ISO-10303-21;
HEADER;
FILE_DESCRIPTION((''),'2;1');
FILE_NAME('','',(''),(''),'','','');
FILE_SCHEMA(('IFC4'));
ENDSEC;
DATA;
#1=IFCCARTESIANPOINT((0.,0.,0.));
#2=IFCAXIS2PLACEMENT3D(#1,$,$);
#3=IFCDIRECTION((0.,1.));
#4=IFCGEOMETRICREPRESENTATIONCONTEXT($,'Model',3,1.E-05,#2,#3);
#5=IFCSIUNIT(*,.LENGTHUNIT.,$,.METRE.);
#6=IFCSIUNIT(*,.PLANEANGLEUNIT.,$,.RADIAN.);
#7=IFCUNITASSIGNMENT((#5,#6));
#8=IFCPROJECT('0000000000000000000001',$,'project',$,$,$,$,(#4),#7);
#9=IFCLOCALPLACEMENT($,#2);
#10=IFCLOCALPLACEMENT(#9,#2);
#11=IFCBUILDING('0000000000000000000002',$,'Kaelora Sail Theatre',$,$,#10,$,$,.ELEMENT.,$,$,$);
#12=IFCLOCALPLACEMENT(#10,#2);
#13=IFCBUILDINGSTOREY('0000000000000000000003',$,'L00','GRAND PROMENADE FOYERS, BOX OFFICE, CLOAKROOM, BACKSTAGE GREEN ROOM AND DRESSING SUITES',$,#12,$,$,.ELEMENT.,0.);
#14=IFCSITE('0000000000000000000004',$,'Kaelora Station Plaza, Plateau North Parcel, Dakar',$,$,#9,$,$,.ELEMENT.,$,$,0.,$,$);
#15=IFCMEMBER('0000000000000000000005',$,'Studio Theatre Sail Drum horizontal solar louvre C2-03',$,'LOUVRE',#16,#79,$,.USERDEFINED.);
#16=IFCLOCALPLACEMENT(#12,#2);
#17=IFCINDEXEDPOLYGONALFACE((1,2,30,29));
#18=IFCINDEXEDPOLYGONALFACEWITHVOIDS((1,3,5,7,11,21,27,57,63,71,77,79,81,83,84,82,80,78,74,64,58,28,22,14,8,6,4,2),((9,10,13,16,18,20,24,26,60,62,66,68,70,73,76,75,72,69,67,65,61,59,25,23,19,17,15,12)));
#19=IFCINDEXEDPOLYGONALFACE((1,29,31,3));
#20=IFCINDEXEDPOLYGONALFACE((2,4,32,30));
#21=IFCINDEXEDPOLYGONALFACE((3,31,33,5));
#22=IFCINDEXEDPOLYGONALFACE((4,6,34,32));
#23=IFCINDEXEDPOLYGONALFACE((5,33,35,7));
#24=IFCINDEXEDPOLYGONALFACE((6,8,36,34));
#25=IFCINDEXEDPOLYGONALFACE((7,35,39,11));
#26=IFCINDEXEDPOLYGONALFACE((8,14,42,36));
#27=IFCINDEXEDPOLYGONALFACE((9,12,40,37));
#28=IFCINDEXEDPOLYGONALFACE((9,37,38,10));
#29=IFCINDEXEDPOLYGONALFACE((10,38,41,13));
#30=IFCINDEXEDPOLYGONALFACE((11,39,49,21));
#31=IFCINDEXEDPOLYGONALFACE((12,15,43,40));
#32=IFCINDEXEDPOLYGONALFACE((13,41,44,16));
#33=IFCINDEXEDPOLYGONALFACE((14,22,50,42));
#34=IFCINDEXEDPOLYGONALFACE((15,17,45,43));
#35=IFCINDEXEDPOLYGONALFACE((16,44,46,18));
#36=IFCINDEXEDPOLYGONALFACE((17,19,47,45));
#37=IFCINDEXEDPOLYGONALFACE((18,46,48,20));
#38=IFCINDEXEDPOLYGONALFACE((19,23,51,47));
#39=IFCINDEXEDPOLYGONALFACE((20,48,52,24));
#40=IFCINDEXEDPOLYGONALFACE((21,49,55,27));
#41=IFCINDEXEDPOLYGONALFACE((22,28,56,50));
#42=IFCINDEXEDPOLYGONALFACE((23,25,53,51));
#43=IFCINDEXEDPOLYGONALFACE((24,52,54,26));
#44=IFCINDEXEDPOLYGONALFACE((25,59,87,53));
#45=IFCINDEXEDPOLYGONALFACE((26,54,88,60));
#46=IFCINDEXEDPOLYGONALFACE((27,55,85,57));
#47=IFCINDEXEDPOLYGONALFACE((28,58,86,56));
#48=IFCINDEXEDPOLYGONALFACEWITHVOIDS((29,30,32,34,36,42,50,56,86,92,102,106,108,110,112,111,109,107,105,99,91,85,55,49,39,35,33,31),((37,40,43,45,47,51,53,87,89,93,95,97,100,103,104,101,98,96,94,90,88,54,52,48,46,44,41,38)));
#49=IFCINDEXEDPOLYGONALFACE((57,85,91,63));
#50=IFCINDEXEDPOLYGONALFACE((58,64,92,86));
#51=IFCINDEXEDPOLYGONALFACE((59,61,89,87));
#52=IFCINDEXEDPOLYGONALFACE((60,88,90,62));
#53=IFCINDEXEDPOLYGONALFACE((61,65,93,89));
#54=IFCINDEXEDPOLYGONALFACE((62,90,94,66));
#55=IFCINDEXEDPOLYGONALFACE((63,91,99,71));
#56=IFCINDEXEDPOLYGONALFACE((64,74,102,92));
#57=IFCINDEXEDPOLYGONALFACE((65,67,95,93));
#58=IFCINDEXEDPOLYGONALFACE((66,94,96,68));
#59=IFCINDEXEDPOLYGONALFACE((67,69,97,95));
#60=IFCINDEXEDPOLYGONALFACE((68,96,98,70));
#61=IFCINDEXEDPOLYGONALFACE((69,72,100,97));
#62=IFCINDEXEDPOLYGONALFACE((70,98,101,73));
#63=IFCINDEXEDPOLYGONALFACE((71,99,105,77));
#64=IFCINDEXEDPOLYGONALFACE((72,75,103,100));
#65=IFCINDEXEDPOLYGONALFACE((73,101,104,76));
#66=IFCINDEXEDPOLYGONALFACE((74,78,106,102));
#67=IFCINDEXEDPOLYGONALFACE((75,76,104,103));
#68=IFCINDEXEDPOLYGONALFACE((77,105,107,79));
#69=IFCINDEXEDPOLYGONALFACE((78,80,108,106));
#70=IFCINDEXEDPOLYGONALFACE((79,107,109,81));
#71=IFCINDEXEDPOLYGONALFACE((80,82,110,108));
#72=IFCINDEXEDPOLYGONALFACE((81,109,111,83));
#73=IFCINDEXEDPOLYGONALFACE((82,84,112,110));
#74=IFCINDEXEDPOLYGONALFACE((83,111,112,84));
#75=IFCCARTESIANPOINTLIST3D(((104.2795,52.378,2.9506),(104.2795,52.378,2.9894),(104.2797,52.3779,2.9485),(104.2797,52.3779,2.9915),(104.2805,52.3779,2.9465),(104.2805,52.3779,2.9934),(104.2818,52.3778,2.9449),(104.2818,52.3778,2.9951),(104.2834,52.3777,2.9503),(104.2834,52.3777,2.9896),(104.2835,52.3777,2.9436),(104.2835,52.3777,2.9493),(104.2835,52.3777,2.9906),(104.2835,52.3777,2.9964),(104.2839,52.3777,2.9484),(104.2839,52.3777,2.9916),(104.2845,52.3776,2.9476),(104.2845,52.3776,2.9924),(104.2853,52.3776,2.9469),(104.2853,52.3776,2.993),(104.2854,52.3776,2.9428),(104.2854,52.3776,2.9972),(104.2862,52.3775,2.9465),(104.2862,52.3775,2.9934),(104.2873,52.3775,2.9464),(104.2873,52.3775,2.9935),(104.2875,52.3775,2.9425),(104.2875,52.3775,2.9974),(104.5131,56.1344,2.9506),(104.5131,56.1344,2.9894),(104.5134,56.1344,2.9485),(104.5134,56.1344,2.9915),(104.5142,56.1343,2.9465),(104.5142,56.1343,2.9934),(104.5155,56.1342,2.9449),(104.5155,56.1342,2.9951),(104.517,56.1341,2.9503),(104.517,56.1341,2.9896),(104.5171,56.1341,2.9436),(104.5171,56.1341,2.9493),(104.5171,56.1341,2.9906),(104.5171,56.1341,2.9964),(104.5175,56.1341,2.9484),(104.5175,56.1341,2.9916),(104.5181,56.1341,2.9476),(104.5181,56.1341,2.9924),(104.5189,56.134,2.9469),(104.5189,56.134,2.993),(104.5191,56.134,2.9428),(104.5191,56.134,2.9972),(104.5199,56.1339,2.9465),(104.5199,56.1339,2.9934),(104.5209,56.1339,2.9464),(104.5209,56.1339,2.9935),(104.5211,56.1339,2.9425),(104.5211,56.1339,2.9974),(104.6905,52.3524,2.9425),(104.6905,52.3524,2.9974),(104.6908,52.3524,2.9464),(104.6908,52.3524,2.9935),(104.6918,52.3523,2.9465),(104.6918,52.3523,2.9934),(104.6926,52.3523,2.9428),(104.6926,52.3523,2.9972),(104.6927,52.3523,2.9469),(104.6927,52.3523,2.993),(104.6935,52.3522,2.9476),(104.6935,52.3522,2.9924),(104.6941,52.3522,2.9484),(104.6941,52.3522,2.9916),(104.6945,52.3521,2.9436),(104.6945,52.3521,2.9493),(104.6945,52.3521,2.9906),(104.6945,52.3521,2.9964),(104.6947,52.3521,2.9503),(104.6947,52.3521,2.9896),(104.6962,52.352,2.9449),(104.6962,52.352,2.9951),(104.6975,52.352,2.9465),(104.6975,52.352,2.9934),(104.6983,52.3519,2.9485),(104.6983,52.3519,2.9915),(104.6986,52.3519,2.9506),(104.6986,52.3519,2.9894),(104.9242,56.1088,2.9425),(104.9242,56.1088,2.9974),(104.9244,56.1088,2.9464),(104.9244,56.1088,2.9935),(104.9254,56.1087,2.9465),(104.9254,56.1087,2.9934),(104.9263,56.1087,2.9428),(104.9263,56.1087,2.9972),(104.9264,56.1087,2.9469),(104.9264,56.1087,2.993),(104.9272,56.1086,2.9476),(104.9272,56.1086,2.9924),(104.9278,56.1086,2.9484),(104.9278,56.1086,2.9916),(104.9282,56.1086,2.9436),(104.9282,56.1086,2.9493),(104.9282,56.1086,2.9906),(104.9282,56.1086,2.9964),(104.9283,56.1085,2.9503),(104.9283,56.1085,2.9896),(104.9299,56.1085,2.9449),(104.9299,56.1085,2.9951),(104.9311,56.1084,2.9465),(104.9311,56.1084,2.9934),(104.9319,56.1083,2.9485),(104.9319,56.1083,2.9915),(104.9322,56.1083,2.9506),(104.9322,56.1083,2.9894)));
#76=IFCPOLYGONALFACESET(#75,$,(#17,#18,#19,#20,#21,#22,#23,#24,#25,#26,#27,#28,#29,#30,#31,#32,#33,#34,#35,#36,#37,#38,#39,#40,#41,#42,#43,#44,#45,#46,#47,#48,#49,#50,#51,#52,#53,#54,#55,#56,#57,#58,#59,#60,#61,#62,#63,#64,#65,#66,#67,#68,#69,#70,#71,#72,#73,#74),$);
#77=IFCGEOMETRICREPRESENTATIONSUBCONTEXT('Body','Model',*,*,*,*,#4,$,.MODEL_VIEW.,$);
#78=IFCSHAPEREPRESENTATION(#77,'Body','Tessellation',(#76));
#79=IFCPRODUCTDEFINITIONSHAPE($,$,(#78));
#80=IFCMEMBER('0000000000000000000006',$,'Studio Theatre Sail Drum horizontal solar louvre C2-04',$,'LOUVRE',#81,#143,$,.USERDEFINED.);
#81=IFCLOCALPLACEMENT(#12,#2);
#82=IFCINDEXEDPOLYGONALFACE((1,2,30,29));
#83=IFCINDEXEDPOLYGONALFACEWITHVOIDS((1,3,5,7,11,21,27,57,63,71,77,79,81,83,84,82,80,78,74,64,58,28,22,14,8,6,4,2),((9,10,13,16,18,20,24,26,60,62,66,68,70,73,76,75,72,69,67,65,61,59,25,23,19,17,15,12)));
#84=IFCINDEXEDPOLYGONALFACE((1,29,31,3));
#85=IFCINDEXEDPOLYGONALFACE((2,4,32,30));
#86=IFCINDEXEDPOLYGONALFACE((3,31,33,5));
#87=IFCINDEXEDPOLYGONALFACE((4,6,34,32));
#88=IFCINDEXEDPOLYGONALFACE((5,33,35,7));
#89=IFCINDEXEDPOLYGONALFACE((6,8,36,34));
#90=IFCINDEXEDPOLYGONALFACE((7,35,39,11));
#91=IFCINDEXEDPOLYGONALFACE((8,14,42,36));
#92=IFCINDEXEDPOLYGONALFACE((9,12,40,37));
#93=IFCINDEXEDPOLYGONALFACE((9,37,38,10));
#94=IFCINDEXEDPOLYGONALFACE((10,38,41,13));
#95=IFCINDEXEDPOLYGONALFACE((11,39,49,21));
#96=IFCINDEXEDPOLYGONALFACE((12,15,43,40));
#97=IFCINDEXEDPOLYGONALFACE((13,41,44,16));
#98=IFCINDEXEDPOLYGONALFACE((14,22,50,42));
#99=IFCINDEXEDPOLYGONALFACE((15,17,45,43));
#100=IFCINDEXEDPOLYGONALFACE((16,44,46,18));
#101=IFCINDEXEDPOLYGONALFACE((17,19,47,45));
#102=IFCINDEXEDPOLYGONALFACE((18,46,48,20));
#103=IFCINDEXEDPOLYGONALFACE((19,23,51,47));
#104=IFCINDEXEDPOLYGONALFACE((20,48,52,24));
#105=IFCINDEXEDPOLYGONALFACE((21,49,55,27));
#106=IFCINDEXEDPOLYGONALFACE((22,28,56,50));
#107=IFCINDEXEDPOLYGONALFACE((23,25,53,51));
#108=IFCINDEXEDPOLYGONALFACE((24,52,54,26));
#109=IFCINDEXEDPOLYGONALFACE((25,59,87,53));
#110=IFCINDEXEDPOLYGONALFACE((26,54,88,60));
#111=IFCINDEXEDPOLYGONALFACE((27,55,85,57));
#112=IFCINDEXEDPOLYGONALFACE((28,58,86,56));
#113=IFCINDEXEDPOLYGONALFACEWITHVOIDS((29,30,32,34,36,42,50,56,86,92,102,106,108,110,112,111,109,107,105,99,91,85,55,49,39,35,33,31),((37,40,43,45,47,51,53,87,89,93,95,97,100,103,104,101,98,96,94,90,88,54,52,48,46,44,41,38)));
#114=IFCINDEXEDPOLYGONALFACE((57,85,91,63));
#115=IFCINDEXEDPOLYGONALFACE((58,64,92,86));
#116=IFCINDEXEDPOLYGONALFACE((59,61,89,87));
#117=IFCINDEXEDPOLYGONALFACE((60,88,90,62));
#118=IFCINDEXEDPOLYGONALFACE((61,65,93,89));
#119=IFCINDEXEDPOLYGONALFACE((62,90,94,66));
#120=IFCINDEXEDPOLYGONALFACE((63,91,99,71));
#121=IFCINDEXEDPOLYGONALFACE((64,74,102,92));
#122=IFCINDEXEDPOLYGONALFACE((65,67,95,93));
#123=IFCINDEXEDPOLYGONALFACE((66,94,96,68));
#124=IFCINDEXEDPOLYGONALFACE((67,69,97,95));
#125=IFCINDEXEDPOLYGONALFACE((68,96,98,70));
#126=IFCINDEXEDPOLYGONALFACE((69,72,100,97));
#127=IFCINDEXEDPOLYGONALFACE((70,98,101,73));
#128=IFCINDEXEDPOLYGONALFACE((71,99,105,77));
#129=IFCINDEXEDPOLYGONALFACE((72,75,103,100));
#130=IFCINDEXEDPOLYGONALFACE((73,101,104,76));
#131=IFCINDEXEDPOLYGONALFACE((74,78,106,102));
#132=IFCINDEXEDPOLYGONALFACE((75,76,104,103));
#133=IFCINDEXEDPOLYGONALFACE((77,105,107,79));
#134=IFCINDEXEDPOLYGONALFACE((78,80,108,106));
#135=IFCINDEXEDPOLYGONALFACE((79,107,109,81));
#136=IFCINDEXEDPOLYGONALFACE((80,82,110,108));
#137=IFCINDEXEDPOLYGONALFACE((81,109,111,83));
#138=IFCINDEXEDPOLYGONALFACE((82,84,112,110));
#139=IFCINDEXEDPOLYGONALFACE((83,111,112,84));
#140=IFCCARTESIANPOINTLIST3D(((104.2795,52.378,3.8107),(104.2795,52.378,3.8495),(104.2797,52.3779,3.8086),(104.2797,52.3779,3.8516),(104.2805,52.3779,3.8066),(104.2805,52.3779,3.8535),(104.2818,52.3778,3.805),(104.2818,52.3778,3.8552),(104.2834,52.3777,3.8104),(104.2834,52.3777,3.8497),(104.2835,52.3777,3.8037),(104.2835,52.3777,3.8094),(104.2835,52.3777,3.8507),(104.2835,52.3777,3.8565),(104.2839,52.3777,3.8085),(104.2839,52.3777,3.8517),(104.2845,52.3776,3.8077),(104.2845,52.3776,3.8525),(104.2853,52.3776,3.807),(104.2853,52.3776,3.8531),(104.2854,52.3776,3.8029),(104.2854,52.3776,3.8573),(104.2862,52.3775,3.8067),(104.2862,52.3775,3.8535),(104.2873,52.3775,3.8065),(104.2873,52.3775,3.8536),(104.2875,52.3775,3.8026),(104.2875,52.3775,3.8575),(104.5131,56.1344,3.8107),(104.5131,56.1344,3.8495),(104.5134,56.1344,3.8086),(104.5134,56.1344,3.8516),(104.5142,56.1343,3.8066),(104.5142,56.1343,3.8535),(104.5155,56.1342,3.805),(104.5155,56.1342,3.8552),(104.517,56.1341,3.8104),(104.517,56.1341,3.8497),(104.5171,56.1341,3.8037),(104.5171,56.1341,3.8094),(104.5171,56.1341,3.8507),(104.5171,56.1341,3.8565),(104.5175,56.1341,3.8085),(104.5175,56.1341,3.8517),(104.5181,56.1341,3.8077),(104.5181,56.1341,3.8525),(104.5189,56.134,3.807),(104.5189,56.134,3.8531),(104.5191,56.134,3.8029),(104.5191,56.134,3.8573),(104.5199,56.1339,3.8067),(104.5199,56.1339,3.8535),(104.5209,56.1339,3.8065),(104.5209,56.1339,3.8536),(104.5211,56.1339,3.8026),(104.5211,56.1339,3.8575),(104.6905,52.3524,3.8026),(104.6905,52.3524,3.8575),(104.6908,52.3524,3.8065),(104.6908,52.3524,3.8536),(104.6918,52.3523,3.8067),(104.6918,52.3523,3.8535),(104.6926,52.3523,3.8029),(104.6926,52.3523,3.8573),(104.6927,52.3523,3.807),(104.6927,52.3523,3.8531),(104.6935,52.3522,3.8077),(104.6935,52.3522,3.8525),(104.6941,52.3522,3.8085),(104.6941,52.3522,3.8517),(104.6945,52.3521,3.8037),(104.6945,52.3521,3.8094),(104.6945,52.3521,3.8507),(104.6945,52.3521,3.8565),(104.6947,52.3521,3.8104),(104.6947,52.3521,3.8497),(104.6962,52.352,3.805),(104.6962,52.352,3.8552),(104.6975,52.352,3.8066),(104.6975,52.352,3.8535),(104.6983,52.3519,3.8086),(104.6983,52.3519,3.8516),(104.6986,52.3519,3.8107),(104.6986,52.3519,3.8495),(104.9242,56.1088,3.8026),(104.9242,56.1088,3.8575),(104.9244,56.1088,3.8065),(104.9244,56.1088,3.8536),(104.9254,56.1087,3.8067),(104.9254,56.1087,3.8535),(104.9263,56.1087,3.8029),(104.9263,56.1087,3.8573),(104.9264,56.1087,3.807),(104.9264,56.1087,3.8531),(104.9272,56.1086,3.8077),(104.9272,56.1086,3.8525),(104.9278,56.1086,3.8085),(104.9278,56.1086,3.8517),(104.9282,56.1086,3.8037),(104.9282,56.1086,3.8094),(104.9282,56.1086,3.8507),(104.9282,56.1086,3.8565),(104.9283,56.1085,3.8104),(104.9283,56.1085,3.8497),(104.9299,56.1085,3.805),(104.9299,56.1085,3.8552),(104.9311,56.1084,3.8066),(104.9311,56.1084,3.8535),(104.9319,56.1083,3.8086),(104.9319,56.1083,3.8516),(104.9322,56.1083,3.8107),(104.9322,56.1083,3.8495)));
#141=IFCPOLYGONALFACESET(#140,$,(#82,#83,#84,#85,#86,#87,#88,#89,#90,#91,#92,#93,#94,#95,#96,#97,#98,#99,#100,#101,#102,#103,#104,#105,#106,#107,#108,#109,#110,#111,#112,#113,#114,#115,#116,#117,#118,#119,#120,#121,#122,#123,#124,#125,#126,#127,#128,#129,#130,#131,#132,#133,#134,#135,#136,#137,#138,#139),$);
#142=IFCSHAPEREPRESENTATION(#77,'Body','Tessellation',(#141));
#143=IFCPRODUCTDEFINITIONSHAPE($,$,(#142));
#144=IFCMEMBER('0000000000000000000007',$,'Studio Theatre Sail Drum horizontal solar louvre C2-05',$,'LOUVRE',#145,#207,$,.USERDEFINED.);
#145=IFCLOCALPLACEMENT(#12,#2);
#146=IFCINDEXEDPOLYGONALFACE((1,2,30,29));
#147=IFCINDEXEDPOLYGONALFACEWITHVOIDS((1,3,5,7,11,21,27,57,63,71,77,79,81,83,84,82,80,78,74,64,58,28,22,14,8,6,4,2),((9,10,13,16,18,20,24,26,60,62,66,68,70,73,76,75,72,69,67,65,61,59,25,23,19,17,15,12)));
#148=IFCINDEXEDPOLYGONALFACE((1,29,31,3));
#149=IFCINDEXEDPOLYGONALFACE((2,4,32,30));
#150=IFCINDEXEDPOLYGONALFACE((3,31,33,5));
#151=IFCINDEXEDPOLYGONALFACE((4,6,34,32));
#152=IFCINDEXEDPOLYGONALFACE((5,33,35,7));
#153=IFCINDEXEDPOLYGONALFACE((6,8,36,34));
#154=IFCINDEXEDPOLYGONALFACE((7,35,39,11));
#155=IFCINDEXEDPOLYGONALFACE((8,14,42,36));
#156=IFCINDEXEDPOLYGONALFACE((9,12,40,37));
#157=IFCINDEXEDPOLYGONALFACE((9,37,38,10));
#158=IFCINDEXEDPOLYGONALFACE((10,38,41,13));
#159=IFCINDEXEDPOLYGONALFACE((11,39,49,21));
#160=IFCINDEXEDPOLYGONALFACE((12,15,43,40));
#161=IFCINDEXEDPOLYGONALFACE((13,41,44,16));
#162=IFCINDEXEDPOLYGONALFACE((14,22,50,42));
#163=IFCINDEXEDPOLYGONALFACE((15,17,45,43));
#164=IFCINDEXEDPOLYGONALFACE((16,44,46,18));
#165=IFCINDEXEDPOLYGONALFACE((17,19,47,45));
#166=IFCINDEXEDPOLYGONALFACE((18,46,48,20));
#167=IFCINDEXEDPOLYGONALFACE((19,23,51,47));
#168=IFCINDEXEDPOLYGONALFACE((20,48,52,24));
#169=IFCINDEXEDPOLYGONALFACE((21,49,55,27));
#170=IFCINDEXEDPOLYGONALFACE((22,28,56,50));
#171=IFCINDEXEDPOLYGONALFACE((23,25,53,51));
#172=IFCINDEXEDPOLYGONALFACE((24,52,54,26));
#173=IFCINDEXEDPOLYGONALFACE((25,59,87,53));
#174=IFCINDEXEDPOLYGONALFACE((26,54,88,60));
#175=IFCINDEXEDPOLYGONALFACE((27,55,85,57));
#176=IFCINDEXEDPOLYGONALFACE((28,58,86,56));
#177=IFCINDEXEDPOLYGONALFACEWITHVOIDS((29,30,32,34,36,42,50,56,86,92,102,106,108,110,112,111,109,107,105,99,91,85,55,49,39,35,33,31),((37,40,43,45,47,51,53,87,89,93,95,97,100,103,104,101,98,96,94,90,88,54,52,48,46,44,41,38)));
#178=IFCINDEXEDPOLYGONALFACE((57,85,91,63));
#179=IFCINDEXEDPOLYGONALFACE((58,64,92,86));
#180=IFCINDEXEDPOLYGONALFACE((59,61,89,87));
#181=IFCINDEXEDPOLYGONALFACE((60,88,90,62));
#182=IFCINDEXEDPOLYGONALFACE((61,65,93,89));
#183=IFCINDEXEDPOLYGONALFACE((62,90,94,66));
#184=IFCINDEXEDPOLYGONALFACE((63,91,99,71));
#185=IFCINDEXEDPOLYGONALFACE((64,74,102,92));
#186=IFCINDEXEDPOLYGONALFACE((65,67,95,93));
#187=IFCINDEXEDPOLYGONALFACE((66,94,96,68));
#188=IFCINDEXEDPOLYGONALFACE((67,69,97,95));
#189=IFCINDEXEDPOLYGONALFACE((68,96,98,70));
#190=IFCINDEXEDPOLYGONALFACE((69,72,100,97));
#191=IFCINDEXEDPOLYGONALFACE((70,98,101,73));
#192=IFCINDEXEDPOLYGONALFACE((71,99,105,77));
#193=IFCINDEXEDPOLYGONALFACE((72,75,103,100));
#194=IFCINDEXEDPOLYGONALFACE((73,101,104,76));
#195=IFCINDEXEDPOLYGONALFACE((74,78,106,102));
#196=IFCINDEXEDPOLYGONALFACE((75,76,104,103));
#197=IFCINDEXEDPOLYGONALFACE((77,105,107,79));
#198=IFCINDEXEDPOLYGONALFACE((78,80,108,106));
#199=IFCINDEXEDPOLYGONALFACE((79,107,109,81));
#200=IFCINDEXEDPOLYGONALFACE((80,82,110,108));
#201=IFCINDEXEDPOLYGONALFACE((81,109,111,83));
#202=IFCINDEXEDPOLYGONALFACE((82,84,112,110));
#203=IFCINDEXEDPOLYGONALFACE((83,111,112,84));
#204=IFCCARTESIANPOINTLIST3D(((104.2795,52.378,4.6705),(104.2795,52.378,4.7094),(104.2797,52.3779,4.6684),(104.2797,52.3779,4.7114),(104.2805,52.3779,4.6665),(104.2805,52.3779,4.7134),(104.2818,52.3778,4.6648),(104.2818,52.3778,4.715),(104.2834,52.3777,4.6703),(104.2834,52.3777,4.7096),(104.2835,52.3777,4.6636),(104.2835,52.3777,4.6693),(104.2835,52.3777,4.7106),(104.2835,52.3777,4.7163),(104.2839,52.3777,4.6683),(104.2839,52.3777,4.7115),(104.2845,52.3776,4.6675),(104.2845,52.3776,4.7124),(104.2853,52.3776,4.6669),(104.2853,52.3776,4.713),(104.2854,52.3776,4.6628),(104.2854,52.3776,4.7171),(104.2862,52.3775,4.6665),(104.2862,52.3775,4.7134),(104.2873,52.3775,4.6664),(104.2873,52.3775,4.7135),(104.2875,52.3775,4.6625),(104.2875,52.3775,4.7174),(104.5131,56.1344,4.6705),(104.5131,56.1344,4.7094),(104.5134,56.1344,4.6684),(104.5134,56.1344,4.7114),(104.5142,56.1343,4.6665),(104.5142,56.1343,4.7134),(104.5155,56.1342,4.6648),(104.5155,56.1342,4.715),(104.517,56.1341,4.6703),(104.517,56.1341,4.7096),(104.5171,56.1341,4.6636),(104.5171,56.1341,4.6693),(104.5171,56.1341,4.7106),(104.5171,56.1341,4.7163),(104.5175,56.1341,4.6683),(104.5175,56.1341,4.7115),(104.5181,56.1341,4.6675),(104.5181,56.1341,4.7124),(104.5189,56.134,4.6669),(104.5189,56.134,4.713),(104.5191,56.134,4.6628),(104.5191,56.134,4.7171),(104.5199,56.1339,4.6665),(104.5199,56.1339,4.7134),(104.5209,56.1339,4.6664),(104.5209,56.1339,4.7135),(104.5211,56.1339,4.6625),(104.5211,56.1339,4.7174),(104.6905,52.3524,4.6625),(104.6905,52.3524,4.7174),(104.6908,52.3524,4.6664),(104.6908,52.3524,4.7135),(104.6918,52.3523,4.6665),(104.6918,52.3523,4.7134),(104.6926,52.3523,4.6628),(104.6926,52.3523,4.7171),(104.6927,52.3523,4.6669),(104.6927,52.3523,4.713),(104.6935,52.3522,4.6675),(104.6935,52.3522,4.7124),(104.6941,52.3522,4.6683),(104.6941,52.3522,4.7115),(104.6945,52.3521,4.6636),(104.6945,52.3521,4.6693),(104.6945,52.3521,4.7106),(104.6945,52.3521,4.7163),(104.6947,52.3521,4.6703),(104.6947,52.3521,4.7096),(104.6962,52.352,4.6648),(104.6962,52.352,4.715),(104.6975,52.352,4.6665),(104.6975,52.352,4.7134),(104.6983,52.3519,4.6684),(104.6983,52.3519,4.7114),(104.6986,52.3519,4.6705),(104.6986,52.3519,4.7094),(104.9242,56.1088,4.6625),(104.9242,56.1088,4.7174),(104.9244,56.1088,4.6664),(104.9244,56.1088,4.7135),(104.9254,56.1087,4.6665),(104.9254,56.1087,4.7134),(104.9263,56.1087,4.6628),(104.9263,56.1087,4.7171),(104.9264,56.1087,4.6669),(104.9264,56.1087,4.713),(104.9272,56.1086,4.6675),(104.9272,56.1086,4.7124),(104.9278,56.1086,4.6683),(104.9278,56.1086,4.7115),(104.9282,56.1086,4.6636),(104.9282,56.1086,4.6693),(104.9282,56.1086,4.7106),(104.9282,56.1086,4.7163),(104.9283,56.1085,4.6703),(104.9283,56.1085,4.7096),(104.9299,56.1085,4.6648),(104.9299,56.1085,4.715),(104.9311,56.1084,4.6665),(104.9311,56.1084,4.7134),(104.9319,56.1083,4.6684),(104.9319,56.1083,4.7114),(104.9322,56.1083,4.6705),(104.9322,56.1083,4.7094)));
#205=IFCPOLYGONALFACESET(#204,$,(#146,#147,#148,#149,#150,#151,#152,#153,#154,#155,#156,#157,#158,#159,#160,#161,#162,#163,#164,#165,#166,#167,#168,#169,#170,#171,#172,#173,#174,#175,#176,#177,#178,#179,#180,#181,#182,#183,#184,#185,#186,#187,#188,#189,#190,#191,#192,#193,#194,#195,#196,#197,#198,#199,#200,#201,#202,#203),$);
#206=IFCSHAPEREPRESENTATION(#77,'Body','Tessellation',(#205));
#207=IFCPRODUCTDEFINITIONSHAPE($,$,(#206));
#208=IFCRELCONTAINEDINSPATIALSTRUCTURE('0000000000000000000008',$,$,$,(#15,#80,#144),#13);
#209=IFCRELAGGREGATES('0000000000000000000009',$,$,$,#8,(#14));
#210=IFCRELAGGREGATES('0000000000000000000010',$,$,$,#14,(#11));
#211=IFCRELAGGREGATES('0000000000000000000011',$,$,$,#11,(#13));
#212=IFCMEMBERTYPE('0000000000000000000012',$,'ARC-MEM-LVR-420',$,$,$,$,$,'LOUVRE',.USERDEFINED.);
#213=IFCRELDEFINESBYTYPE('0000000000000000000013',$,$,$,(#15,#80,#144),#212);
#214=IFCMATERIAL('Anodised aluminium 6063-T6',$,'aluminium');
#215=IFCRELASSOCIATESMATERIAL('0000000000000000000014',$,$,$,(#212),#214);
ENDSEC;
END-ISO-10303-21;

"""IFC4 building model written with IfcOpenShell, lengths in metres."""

from ifc_helpers import new_model, si_unit, direction, frame, origin, origin_2d, place, context, subcontext, project, spatial, hollow_rectangle, extrude, material, material_profile, profile_set, type_object, element, save


model = new_model("IFC4")

# Units and contexts
model_context = context("Model", 3, precision=1e-05, world=origin(), true_north=direction((0.0, 1.0)))
body_context = subcontext(model_context, "Body", "Model", "MODEL_VIEW")
ifc_project = project(units=[si_unit("LENGTHUNIT", "METRE"), si_unit("PLANEANGLEUNIT", "RADIAN")], contexts=[model_context])

# Site, building, storey
site_placement = place(None, origin())
site = spatial("IfcSite", under=ifc_project, at=site_placement, Name="Kaelora Station Plaza, Plateau North Parcel, Dakar", CompositionType="ELEMENT", RefElevation=0.0)
building_placement = place(site_placement, origin())
building = spatial("IfcBuilding", under=site, at=building_placement, Name="Kaelora Sail Theatre", CompositionType="ELEMENT")
storey_placement = place(building_placement, origin())
storey = spatial("IfcBuildingStorey", under=building, at=storey_placement, Name="L00", Description="GRAND PROMENADE FOYERS, BOX OFFICE, CLOAKROOM, BACKSTAGE GREEN ROOM AND DRESSING SUITES", CompositionType="ELEMENT", Elevation=0.0)

# Members
ifc_material_1 = material(Name="Anodised aluminium 6063-T6", Category="aluminium")
ifc_material_profile_1 = material_profile(ifc_material_1, hollow_rectangle(XDim=0.4199, YDim=0.0549, WallThickness=0.0039, InnerFilletRadius=0.0039, OuterFilletRadius=0.0081, at=origin_2d()), Name="LOUVRE 420x55x4")
ifc_profile_set_1 = profile_set([ifc_material_profile_1], Name="Anodised aluminium 6063-T6")
member_type_1 = type_object("IfcMemberType", Name="ARC-MEM-LVR-420", ElementType="LOUVRE", PredefinedType="USERDEFINED", material=ifc_profile_set_1)
for number, where, z_axis, x_axis, name in (
    (1, (104.7227, 56.1213, 2.97), (-0.062079, -0.998071, 0.0), (0.998071, -0.062079, 0.0), "Studio Theatre Sail Drum horizontal solar louvre C2-03"),
    (2, (104.7227, 56.1213, 3.8301), (-0.062079, -0.998071, 0.0), (0.998071, -0.062079, 0.0), "Studio Theatre Sail Drum horizontal solar louvre C2-04"),
    (3, (104.7227, 56.1213, 4.6899), (-0.062079, -0.998071, 0.0), (0.998071, -0.062079, 0.0), "Studio Theatre Sail Drum horizontal solar louvre C2-05"),
):
    element("IfcMember", number, at=place(storey_placement, frame(where, z_axis=z_axis, x_axis=x_axis)), inside=storey, type_object=member_type_1, Name=name, ObjectType="LOUVRE", PredefinedType="USERDEFINED", context=body_context, shape_type="SweptSolid", body=[
        extrude(hollow_rectangle(XDim=0.4199, YDim=0.0549, WallThickness=0.0039, InnerFilletRadius=0.0039, OuterFilletRadius=0.0081, at=origin_2d()), origin(), (0.0, 0.0, 1.0), 3.7637),
    ])

save(model, "model.ifc")
